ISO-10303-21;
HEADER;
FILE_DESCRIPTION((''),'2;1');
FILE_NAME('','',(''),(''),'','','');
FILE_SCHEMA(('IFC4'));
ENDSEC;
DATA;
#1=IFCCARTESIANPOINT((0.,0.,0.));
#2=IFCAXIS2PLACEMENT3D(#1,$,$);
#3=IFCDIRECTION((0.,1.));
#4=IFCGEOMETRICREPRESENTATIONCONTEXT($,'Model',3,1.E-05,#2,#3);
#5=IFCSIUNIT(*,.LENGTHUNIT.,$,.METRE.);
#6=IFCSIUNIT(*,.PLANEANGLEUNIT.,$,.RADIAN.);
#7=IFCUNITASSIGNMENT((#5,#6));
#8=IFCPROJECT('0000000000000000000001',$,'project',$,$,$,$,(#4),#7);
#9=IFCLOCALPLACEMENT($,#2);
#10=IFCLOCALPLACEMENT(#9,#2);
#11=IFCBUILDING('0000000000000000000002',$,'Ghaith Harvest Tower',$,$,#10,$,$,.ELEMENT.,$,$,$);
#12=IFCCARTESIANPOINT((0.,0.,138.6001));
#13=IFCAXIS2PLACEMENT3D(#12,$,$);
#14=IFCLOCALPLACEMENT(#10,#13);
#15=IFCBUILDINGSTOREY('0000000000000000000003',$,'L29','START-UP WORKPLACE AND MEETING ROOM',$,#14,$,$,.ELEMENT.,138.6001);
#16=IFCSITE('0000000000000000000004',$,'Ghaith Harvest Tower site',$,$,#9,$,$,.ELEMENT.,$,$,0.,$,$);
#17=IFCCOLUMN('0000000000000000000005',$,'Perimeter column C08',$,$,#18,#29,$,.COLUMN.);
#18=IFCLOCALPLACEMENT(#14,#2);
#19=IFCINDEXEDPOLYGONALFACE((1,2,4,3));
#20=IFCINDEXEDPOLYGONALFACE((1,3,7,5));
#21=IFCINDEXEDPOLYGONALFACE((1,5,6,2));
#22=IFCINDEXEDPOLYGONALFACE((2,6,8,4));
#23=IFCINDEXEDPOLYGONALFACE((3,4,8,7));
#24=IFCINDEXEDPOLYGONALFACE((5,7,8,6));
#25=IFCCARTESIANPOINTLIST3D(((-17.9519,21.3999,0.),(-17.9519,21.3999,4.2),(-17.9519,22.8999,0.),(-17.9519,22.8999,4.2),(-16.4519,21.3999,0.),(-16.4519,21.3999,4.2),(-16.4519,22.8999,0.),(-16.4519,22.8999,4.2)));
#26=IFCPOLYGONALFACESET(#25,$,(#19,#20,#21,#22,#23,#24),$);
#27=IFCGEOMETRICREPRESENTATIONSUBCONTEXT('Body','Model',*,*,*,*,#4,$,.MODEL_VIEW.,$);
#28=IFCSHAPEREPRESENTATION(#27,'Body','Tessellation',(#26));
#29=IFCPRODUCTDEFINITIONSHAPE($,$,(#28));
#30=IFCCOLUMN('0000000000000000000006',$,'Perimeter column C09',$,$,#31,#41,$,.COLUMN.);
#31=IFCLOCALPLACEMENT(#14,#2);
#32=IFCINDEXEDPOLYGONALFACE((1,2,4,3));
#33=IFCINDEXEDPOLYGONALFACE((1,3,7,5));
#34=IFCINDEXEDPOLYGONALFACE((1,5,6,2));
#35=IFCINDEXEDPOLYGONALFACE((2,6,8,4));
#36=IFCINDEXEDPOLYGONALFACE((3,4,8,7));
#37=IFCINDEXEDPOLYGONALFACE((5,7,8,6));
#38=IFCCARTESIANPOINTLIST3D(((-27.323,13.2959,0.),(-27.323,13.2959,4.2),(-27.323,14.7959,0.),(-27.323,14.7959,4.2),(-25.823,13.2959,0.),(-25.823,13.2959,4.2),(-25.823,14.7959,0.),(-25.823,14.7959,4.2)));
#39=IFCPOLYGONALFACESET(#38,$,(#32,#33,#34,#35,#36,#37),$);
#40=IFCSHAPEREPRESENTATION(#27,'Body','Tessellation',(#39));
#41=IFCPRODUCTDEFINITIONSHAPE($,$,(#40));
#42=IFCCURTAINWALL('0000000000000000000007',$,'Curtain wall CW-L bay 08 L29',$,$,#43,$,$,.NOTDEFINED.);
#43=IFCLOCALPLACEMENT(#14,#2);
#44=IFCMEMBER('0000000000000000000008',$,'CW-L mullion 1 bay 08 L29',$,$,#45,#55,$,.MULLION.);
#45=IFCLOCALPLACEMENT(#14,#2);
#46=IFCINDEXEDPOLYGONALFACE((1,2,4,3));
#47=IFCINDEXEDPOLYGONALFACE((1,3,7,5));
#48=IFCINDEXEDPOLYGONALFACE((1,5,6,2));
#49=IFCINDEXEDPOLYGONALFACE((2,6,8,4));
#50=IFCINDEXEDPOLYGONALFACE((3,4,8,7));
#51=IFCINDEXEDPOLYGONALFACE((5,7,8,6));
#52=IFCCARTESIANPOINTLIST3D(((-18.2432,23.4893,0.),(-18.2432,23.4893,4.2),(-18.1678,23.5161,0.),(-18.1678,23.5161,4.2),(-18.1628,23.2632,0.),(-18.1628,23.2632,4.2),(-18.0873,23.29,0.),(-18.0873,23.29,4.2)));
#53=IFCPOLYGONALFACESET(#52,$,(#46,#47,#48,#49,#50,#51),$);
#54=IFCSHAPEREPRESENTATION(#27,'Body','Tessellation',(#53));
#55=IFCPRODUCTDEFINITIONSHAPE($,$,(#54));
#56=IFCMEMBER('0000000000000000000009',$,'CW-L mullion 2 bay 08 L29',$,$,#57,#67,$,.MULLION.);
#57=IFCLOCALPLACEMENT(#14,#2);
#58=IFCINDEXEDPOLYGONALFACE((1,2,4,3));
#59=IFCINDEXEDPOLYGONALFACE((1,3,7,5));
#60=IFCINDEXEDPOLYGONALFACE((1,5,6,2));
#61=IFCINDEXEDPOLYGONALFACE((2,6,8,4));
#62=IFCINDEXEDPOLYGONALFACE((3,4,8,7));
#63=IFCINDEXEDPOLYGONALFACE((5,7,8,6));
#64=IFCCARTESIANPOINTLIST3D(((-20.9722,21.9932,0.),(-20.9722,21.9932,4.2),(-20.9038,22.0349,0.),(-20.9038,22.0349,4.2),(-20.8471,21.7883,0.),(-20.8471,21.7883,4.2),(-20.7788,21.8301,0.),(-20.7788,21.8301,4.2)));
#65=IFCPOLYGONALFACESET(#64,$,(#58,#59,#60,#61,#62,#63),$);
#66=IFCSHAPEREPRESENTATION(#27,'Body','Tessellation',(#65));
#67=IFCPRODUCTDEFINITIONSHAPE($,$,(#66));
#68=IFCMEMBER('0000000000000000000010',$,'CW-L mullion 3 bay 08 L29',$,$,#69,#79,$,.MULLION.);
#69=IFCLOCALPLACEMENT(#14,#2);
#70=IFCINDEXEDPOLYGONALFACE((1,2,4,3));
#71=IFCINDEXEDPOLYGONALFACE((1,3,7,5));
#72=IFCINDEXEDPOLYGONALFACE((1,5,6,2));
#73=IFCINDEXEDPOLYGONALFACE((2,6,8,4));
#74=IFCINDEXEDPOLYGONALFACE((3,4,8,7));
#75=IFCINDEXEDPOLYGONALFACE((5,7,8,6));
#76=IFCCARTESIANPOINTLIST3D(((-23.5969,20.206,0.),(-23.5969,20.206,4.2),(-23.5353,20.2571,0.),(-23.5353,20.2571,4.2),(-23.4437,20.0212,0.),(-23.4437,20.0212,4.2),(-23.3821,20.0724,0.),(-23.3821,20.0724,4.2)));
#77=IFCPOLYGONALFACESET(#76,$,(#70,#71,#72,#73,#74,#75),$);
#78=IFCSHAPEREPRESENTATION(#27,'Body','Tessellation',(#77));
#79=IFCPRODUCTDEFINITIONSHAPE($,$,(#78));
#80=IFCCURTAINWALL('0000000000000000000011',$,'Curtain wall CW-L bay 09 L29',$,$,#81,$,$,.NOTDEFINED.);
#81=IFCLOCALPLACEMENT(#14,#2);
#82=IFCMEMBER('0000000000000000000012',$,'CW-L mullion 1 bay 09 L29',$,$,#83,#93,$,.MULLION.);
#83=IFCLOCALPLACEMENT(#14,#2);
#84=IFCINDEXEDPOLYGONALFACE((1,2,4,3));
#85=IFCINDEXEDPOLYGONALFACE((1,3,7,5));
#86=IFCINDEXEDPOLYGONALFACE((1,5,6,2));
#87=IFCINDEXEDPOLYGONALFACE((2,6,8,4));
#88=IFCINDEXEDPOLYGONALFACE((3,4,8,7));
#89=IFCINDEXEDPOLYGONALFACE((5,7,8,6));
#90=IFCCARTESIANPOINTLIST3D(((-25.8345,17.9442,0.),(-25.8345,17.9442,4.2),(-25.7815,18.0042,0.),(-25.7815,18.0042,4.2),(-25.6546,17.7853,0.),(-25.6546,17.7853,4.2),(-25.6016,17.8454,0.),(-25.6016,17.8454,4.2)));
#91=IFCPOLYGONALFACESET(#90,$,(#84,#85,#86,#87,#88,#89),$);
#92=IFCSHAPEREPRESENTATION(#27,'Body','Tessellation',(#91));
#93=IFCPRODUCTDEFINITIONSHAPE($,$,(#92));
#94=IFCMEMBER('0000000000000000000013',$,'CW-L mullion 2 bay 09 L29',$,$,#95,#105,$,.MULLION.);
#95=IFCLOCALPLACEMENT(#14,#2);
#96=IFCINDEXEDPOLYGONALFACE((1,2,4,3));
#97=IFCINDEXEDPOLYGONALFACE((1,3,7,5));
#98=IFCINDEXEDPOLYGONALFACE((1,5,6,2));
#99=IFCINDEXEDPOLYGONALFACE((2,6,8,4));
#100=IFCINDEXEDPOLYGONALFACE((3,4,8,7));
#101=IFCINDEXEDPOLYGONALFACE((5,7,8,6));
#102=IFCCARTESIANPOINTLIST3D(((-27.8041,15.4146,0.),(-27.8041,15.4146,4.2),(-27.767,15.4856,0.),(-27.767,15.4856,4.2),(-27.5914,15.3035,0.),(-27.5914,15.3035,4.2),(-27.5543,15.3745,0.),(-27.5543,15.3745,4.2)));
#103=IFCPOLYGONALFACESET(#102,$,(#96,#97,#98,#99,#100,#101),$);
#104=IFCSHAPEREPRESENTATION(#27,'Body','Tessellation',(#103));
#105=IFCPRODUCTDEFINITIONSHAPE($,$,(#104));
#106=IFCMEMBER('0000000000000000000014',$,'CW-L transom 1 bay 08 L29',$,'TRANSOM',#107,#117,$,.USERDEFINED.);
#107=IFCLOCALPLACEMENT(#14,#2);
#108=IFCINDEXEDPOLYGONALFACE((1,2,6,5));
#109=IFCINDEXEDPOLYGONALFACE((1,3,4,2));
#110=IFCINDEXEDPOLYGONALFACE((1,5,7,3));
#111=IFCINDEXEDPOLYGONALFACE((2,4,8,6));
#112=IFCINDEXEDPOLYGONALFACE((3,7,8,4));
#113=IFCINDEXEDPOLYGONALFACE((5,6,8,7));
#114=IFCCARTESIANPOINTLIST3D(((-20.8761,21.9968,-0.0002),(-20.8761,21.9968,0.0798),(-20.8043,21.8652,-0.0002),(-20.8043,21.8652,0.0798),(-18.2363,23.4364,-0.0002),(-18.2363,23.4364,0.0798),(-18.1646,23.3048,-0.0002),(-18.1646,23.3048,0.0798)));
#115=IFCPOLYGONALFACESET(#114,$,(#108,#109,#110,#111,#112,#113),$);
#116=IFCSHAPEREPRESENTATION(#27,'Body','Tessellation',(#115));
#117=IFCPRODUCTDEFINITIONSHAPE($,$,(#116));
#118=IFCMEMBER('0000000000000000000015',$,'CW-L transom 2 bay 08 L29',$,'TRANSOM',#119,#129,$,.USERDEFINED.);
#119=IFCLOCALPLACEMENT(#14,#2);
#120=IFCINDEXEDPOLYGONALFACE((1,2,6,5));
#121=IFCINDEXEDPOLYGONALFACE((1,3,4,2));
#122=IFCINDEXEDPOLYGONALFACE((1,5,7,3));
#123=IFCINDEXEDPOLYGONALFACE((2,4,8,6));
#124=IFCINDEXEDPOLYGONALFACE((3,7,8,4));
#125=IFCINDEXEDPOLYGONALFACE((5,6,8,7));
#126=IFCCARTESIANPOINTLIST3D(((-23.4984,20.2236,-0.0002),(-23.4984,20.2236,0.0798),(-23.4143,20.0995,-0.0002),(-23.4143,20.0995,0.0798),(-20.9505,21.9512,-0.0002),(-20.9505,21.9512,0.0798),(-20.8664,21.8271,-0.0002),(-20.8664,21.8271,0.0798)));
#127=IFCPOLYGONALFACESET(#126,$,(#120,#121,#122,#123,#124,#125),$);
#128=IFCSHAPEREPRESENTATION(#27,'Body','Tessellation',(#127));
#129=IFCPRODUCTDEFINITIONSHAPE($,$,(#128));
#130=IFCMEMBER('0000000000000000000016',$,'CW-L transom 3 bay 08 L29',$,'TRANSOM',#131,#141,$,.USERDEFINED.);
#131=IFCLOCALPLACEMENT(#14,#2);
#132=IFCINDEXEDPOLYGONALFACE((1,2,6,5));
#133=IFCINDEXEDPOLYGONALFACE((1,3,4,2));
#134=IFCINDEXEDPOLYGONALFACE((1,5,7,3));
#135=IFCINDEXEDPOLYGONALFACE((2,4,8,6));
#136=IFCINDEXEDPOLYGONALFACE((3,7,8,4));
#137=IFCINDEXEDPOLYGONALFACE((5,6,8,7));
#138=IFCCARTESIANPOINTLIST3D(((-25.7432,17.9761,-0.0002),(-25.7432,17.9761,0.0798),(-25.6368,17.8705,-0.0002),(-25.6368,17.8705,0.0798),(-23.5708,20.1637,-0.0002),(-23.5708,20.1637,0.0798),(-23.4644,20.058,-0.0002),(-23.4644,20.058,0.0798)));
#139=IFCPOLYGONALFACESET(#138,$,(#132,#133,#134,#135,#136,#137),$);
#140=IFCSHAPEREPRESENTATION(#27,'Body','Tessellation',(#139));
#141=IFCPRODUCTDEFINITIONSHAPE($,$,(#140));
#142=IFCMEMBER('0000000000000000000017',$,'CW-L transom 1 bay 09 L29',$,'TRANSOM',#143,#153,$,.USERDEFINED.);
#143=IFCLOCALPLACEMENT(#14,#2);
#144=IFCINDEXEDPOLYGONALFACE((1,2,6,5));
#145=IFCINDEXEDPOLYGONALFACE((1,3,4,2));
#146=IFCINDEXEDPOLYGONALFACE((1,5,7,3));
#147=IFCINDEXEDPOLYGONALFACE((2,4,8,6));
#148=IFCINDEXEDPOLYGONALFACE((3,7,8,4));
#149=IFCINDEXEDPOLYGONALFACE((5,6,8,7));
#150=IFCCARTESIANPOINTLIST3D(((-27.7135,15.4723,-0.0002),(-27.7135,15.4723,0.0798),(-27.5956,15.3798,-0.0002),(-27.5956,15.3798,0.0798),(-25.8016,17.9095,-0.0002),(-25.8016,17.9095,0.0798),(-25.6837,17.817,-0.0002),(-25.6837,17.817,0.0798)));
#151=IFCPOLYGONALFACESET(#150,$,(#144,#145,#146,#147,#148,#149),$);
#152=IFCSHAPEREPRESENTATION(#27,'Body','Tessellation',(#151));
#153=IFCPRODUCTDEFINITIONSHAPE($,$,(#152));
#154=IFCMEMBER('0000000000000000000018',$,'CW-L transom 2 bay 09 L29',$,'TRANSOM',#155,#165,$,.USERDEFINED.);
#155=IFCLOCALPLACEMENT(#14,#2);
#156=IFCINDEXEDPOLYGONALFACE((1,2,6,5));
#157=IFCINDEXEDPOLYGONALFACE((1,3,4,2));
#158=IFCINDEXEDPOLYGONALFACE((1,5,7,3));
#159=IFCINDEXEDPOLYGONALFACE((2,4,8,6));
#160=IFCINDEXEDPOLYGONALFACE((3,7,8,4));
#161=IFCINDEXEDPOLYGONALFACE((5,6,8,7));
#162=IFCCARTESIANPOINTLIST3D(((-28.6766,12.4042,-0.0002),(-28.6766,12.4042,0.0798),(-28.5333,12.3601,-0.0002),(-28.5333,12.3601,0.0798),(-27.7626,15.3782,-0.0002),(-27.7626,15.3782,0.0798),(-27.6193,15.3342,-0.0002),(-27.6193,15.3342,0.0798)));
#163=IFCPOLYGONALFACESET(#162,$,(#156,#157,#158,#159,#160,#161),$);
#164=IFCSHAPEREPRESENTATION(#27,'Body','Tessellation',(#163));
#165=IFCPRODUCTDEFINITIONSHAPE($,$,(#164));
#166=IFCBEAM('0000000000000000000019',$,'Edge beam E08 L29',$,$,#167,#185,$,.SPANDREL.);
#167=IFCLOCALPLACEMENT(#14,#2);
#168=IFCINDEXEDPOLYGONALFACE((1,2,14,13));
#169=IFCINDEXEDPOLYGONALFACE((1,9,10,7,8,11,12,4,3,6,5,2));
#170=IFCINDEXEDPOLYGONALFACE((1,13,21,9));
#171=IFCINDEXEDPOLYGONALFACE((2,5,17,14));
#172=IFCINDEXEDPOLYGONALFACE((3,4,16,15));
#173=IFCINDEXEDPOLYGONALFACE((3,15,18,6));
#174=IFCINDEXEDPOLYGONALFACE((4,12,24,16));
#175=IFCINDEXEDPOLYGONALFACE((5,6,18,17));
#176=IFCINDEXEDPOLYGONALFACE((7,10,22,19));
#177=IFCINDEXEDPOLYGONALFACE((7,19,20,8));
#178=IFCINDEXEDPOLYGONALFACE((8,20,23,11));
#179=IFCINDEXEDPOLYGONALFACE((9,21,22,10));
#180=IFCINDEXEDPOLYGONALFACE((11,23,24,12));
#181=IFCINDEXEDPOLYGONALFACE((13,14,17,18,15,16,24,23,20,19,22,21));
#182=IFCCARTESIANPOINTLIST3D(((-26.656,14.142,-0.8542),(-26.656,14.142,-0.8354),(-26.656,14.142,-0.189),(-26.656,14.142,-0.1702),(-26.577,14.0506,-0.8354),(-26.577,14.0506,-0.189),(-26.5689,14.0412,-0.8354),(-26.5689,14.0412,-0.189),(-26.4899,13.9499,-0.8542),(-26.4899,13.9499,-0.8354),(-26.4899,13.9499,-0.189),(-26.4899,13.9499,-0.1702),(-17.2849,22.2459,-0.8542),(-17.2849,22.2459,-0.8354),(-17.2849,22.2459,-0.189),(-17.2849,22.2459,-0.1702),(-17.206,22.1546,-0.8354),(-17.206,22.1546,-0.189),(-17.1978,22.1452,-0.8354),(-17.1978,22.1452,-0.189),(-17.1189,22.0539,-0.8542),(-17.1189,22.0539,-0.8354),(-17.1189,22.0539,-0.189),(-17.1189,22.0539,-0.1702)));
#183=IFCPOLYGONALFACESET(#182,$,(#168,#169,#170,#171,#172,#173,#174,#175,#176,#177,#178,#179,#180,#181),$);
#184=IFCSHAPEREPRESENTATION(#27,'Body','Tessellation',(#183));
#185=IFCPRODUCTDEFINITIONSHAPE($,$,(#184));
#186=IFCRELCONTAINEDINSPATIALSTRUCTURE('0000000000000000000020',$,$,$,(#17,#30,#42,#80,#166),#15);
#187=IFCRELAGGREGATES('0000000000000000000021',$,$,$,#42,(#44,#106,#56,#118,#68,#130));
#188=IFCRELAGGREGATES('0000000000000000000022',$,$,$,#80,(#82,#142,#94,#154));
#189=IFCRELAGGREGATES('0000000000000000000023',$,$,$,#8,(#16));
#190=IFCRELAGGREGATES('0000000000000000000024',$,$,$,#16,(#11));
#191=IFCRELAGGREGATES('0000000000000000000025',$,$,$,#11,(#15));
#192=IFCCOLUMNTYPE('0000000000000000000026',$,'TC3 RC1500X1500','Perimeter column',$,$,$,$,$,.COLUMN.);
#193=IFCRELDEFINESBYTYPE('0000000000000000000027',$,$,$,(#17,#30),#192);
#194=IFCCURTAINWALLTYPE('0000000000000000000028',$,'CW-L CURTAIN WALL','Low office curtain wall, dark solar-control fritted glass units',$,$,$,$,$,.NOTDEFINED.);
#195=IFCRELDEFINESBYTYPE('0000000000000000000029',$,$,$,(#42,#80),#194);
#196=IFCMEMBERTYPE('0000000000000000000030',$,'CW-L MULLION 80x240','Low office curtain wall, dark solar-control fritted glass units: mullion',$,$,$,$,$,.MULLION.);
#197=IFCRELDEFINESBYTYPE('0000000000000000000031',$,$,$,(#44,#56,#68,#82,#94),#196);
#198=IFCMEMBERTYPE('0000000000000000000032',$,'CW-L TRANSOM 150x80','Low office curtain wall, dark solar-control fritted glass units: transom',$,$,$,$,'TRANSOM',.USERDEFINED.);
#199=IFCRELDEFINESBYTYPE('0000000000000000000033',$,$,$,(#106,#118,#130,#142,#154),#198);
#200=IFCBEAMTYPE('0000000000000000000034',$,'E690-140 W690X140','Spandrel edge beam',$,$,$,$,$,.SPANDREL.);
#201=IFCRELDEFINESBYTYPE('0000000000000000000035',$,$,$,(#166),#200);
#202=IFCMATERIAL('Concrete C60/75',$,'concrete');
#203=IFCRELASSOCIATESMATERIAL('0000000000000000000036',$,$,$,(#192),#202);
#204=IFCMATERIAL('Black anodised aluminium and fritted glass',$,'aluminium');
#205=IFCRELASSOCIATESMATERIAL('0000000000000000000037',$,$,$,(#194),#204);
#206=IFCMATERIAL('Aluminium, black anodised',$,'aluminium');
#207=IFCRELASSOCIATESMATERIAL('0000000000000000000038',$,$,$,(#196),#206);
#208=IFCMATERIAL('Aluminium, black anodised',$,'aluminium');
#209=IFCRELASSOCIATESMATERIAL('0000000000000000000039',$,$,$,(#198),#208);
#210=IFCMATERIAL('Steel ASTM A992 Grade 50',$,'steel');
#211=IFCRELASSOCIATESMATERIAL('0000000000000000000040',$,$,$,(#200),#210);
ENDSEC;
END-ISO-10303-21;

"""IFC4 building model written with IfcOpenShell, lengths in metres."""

from ifc_helpers import new_model, si_unit, direction, frame, origin, origin_2d, place, context, subcontext, project, spatial, rectangle, i_section, extrude, material, material_profile, profile_set, type_object, element, aggregate, save


model = new_model("IFC4")

# Units and contexts
model_context = context("Model", 3, precision=1e-05, world=origin(), true_north=direction((0.0, 1.0)))
body_context = subcontext(model_context, "Body", "Model", "MODEL_VIEW")
ifc_project = project(units=[si_unit("LENGTHUNIT", "METRE"), si_unit("PLANEANGLEUNIT", "RADIAN")], contexts=[model_context])

# Site, building, storey
site_placement = place(None, origin())
site = spatial("IfcSite", under=ifc_project, at=site_placement, Name="Ghaith Harvest Tower site", CompositionType="ELEMENT", RefElevation=0.0)
building_placement = place(site_placement, origin())
building = spatial("IfcBuilding", under=site, at=building_placement, Name="Ghaith Harvest Tower", CompositionType="ELEMENT")
storey_placement = place(building_placement, frame((0.0, 0.0, 138.6001)))
storey = spatial("IfcBuildingStorey", under=building, at=storey_placement, Name="L29", Description="START-UP WORKPLACE AND MEETING ROOM", CompositionType="ELEMENT", Elevation=138.6001)

# Columns
ifc_material_1 = material(Name="Concrete C60/75", Category="concrete")
ifc_material_profile_1 = material_profile(ifc_material_1, rectangle(XDim=1.5, YDim=1.5, at=origin_2d()), Name="RC1500X1500")
ifc_profile_set_1 = profile_set([ifc_material_profile_1], Name="Concrete C60/75")
column_type = type_object("IfcColumnType", Name="TC3 RC1500X1500", Description="Perimeter column", PredefinedType="COLUMN", material=ifc_profile_set_1)
for number, where, z_axis, x_axis, name in (
    (1, (-17.2019, 22.1499, 0.0), (0.0, 0.0, 1.0), (1.0, 0.0, 0.0), "Perimeter column C08"),
    (2, (-26.573, 14.0459, 0.0), (0.0, 0.0, 1.0), (1.0, 0.0, 0.0), "Perimeter column C09"),
):
    element("IfcColumn", number, at=place(storey_placement, frame(where, z_axis=z_axis, x_axis=x_axis)), inside=storey, type_object=column_type, Name=name, PredefinedType="COLUMN", context=body_context, shape_type="SweptSolid", body=[
        extrude(rectangle(XDim=1.5, YDim=1.5, at=origin_2d()), origin(), (0.0, 0.0, 1.0), 4.2),
    ])

# Curtain walls, members
ifc_material_2 = material(Name="Black anodised aluminium and fritted glass", Category="aluminium")
curtain_wall_type = type_object("IfcCurtainWallType", Name="CW-L CURTAIN WALL", Description="Low office curtain wall, dark solar-control fritted glass units", PredefinedType="NOTDEFINED", material=ifc_material_2)
curtain_wall_1_placement = place(storey_placement, origin())
curtain_wall_1 = element("IfcCurtainWall", 3, at=curtain_wall_1_placement, inside=storey, type_object=curtain_wall_type, Name="Curtain wall CW-L bay 08 L29", PredefinedType="NOTDEFINED")
ifc_material_3 = material(Name="Aluminium, black anodised", Category="aluminium")
ifc_material_profile_2 = material_profile(ifc_material_3, rectangle(XDim=0.0801, YDim=0.24, at=origin_2d()), Name="CW-L MULLION 80x240")
ifc_profile_set_2 = profile_set([ifc_material_profile_2], Name="Aluminium, black anodised")
member_type_1 = type_object("IfcMemberType", Name="CW-L MULLION 80x240", Description="Low office curtain wall, dark solar-control fritted glass units: mullion", PredefinedType="MULLION", material=ifc_profile_set_2)
member_1_placement = place(storey_placement, frame((-18.1653, 23.3896, 0.0), z_axis=(0.0, 0.0, 1.0), x_axis=(-0.942104, -0.335322, 0.0)))
member_1 = element("IfcMember", 4, at=member_1_placement, type_object=member_type_1, Name="CW-L mullion 1 bay 08 L29", PredefinedType="MULLION", context=body_context, shape_type="SweptSolid", body=[
    extrude(rectangle(XDim=0.0801, YDim=0.24, at=origin_2d()), origin(), (0.0, 0.0, 1.0), 4.2),
])
member_2_placement = place(storey_placement, frame((-20.8755, 21.9116, 0.0), z_axis=(0.0, 0.0, 1.0), x_axis=(-0.853516, -0.521067, 0.0)))
member_2 = element("IfcMember", 5, at=member_2_placement, type_object=member_type_1, Name="CW-L mullion 2 bay 08 L29", PredefinedType="MULLION", context=body_context, shape_type="SweptSolid", body=[
    extrude(rectangle(XDim=0.0801, YDim=0.24, at=origin_2d()), origin(), (0.0, 0.0, 1.0), 4.2),
])
member_3_placement = place(storey_placement, frame((-23.4895, 20.1392, 0.0), z_axis=(0.0, 0.0, 1.0), x_axis=(-0.769683, -0.638427, 0.0)))
member_3 = element("IfcMember", 6, at=member_3_placement, type_object=member_type_1, Name="CW-L mullion 3 bay 08 L29", PredefinedType="MULLION", context=body_context, shape_type="SweptSolid", body=[
    extrude(rectangle(XDim=0.0801, YDim=0.24, at=origin_2d()), origin(), (0.0, 0.0, 1.0), 4.2),
])
curtain_wall_2_placement = place(storey_placement, origin())
curtain_wall_2 = element("IfcCurtainWall", 7, at=curtain_wall_2_placement, inside=storey, type_object=curtain_wall_type, Name="Curtain wall CW-L bay 09 L29", PredefinedType="NOTDEFINED")
member_4_placement = place(storey_placement, frame((-25.718, 17.8948, 0.0), z_axis=(0.0, 0.0, 1.0), x_axis=(-0.661904, -0.749589, 0.0)))
member_4 = element("IfcMember", 8, at=member_4_placement, type_object=member_type_1, Name="CW-L mullion 1 bay 09 L29", PredefinedType="MULLION", context=body_context, shape_type="SweptSolid", body=[
    extrude(rectangle(XDim=0.0801, YDim=0.24, at=origin_2d()), origin(), (0.0, 0.0, 1.0), 4.2),
])
member_5_placement = place(storey_placement, frame((-27.6792, 15.3945, 0.0), z_axis=(0.0, 0.0, 1.0), x_axis=(-0.46289, -0.886416, 0.0)))
member_5 = element("IfcMember", 9, at=member_5_placement, type_object=member_type_1, Name="CW-L mullion 2 bay 09 L29", PredefinedType="MULLION", context=body_context, shape_type="SweptSolid", body=[
    extrude(rectangle(XDim=0.0801, YDim=0.24, at=origin_2d()), origin(), (0.0, 0.0, 1.0), 4.2),
])

# Members
ifc_material_4 = material(Name="Aluminium, black anodised", Category="aluminium")
ifc_material_profile_3 = material_profile(ifc_material_4, rectangle(XDim=0.1499, YDim=0.0801, at=origin_2d()), Name="CW-L TRANSOM 150x80")
ifc_profile_set_3 = profile_set([ifc_material_profile_3], Name="Aluminium, black anodised")
member_type_2 = type_object("IfcMemberType", Name="CW-L TRANSOM 150x80", Description="Low office curtain wall, dark solar-control fritted glass units: transom", ElementType="TRANSOM", PredefinedType="USERDEFINED", material=ifc_profile_set_3)
member_6_placement = place(storey_placement, frame((-18.2004, 23.3706, 0.0398), z_axis=(-0.87793, -0.47879, 0.0), x_axis=(0.47879, -0.87793, 0.0)))
member_6 = element("IfcMember", 10, at=member_6_placement, type_object=member_type_2, Name="CW-L transom 1 bay 08 L29", ObjectType="TRANSOM", PredefinedType="USERDEFINED", context=body_context, shape_type="SweptSolid", body=[
    extrude(rectangle(XDim=0.1499, YDim=0.0801, at=origin_2d()), origin(), (0.0, 0.0, 1.0), 3.0068),
])
member_7_placement = place(storey_placement, frame((-20.9084, 21.8892, 0.0398), z_axis=(-0.827681, -0.561199, 0.0), x_axis=(0.561199, -0.827681, 0.0)))
member_7 = element("IfcMember", 11, at=member_7_placement, type_object=member_type_2, Name="CW-L transom 2 bay 08 L29", ObjectType="TRANSOM", PredefinedType="USERDEFINED", context=body_context, shape_type="SweptSolid", body=[
    extrude(rectangle(XDim=0.1499, YDim=0.0801, at=origin_2d()), origin(), (0.0, 0.0, 1.0), 3.0784),
])
member_8_placement = place(storey_placement, frame((-23.5176, 20.1108, 0.0398), z_axis=(-0.704648, -0.709557, 0.0), x_axis=(0.709557, -0.704648, 0.0)))
member_8 = element("IfcMember", 12, at=member_8_placement, type_object=member_type_2, Name="CW-L transom 3 bay 08 L29", ObjectType="TRANSOM", PredefinedType="USERDEFINED", context=body_context, shape_type="SweptSolid", body=[
    extrude(rectangle(XDim=0.1499, YDim=0.0801, at=origin_2d()), origin(), (0.0, 0.0, 1.0), 3.083),
])
member_9_placement = place(storey_placement, frame((-25.7427, 17.8633, 0.0398), z_axis=(-0.617198, -0.786808, 0.0), x_axis=(0.786808, -0.617198, 0.0)))
member_9 = element("IfcMember", 13, at=member_9_placement, type_object=member_type_2, Name="CW-L transom 1 bay 09 L29", ObjectType="TRANSOM", PredefinedType="USERDEFINED", context=body_context, shape_type="SweptSolid", body=[
    extrude(rectangle(XDim=0.1499, YDim=0.0801, at=origin_2d()), origin(), (0.0, 0.0, 1.0), 3.0977),
])
member_10_placement = place(storey_placement, frame((-27.6909, 15.3562, 0.0398), z_axis=(-0.293777, -0.955874, 0.0), x_axis=(0.955874, -0.293777, 0.0)))
member_10 = element("IfcMember", 14, at=member_10_placement, type_object=member_type_2, Name="CW-L transom 2 bay 09 L29", ObjectType="TRANSOM", PredefinedType="USERDEFINED", context=body_context, shape_type="SweptSolid", body=[
    extrude(rectangle(XDim=0.1499, YDim=0.0801, at=origin_2d()), origin(), (0.0, 0.0, 1.0), 3.1113),
])

# Beam
ifc_material_5 = material(Name="Steel ASTM A992 Grade 50", Category="steel")
ifc_material_profile_4 = material_profile(ifc_material_5, i_section(OverallWidth=0.2539, OverallDepth=0.6841, WebThickness=0.0125, FlangeThickness=0.0188, at=origin_2d()), Name="W690X140")
ifc_profile_set_4 = profile_set([ifc_material_profile_4], Name="Steel ASTM A992 Grade 50")
beam_type = type_object("IfcBeamType", Name="E690-140 W690X140", Description="Spandrel edge beam", PredefinedType="SPANDREL", material=ifc_profile_set_4)
beam_1_placement = place(storey_placement, frame((-17.2019, 22.1499, -0.5122), z_axis=(-0.756392, -0.654118, 0.0), x_axis=(0.654118, -0.756392, 0.0)))
element("IfcBeam", 15, at=beam_1_placement, inside=storey, type_object=beam_type, Name="Edge beam E08 L29", PredefinedType="SPANDREL", context=body_context, shape_type="SweptSolid", body=[
    extrude(i_section(OverallWidth=0.2539, OverallDepth=0.6841, WebThickness=0.0125, FlangeThickness=0.0188, at=origin_2d()), origin(), (0.0, 0.0, 1.0), 12.3892),
])

aggregate(curtain_wall_1, [member_1, member_6, member_2, member_7, member_3, member_8])
aggregate(curtain_wall_2, [member_4, member_9, member_5, member_10])

save(model, "model.ifc")
